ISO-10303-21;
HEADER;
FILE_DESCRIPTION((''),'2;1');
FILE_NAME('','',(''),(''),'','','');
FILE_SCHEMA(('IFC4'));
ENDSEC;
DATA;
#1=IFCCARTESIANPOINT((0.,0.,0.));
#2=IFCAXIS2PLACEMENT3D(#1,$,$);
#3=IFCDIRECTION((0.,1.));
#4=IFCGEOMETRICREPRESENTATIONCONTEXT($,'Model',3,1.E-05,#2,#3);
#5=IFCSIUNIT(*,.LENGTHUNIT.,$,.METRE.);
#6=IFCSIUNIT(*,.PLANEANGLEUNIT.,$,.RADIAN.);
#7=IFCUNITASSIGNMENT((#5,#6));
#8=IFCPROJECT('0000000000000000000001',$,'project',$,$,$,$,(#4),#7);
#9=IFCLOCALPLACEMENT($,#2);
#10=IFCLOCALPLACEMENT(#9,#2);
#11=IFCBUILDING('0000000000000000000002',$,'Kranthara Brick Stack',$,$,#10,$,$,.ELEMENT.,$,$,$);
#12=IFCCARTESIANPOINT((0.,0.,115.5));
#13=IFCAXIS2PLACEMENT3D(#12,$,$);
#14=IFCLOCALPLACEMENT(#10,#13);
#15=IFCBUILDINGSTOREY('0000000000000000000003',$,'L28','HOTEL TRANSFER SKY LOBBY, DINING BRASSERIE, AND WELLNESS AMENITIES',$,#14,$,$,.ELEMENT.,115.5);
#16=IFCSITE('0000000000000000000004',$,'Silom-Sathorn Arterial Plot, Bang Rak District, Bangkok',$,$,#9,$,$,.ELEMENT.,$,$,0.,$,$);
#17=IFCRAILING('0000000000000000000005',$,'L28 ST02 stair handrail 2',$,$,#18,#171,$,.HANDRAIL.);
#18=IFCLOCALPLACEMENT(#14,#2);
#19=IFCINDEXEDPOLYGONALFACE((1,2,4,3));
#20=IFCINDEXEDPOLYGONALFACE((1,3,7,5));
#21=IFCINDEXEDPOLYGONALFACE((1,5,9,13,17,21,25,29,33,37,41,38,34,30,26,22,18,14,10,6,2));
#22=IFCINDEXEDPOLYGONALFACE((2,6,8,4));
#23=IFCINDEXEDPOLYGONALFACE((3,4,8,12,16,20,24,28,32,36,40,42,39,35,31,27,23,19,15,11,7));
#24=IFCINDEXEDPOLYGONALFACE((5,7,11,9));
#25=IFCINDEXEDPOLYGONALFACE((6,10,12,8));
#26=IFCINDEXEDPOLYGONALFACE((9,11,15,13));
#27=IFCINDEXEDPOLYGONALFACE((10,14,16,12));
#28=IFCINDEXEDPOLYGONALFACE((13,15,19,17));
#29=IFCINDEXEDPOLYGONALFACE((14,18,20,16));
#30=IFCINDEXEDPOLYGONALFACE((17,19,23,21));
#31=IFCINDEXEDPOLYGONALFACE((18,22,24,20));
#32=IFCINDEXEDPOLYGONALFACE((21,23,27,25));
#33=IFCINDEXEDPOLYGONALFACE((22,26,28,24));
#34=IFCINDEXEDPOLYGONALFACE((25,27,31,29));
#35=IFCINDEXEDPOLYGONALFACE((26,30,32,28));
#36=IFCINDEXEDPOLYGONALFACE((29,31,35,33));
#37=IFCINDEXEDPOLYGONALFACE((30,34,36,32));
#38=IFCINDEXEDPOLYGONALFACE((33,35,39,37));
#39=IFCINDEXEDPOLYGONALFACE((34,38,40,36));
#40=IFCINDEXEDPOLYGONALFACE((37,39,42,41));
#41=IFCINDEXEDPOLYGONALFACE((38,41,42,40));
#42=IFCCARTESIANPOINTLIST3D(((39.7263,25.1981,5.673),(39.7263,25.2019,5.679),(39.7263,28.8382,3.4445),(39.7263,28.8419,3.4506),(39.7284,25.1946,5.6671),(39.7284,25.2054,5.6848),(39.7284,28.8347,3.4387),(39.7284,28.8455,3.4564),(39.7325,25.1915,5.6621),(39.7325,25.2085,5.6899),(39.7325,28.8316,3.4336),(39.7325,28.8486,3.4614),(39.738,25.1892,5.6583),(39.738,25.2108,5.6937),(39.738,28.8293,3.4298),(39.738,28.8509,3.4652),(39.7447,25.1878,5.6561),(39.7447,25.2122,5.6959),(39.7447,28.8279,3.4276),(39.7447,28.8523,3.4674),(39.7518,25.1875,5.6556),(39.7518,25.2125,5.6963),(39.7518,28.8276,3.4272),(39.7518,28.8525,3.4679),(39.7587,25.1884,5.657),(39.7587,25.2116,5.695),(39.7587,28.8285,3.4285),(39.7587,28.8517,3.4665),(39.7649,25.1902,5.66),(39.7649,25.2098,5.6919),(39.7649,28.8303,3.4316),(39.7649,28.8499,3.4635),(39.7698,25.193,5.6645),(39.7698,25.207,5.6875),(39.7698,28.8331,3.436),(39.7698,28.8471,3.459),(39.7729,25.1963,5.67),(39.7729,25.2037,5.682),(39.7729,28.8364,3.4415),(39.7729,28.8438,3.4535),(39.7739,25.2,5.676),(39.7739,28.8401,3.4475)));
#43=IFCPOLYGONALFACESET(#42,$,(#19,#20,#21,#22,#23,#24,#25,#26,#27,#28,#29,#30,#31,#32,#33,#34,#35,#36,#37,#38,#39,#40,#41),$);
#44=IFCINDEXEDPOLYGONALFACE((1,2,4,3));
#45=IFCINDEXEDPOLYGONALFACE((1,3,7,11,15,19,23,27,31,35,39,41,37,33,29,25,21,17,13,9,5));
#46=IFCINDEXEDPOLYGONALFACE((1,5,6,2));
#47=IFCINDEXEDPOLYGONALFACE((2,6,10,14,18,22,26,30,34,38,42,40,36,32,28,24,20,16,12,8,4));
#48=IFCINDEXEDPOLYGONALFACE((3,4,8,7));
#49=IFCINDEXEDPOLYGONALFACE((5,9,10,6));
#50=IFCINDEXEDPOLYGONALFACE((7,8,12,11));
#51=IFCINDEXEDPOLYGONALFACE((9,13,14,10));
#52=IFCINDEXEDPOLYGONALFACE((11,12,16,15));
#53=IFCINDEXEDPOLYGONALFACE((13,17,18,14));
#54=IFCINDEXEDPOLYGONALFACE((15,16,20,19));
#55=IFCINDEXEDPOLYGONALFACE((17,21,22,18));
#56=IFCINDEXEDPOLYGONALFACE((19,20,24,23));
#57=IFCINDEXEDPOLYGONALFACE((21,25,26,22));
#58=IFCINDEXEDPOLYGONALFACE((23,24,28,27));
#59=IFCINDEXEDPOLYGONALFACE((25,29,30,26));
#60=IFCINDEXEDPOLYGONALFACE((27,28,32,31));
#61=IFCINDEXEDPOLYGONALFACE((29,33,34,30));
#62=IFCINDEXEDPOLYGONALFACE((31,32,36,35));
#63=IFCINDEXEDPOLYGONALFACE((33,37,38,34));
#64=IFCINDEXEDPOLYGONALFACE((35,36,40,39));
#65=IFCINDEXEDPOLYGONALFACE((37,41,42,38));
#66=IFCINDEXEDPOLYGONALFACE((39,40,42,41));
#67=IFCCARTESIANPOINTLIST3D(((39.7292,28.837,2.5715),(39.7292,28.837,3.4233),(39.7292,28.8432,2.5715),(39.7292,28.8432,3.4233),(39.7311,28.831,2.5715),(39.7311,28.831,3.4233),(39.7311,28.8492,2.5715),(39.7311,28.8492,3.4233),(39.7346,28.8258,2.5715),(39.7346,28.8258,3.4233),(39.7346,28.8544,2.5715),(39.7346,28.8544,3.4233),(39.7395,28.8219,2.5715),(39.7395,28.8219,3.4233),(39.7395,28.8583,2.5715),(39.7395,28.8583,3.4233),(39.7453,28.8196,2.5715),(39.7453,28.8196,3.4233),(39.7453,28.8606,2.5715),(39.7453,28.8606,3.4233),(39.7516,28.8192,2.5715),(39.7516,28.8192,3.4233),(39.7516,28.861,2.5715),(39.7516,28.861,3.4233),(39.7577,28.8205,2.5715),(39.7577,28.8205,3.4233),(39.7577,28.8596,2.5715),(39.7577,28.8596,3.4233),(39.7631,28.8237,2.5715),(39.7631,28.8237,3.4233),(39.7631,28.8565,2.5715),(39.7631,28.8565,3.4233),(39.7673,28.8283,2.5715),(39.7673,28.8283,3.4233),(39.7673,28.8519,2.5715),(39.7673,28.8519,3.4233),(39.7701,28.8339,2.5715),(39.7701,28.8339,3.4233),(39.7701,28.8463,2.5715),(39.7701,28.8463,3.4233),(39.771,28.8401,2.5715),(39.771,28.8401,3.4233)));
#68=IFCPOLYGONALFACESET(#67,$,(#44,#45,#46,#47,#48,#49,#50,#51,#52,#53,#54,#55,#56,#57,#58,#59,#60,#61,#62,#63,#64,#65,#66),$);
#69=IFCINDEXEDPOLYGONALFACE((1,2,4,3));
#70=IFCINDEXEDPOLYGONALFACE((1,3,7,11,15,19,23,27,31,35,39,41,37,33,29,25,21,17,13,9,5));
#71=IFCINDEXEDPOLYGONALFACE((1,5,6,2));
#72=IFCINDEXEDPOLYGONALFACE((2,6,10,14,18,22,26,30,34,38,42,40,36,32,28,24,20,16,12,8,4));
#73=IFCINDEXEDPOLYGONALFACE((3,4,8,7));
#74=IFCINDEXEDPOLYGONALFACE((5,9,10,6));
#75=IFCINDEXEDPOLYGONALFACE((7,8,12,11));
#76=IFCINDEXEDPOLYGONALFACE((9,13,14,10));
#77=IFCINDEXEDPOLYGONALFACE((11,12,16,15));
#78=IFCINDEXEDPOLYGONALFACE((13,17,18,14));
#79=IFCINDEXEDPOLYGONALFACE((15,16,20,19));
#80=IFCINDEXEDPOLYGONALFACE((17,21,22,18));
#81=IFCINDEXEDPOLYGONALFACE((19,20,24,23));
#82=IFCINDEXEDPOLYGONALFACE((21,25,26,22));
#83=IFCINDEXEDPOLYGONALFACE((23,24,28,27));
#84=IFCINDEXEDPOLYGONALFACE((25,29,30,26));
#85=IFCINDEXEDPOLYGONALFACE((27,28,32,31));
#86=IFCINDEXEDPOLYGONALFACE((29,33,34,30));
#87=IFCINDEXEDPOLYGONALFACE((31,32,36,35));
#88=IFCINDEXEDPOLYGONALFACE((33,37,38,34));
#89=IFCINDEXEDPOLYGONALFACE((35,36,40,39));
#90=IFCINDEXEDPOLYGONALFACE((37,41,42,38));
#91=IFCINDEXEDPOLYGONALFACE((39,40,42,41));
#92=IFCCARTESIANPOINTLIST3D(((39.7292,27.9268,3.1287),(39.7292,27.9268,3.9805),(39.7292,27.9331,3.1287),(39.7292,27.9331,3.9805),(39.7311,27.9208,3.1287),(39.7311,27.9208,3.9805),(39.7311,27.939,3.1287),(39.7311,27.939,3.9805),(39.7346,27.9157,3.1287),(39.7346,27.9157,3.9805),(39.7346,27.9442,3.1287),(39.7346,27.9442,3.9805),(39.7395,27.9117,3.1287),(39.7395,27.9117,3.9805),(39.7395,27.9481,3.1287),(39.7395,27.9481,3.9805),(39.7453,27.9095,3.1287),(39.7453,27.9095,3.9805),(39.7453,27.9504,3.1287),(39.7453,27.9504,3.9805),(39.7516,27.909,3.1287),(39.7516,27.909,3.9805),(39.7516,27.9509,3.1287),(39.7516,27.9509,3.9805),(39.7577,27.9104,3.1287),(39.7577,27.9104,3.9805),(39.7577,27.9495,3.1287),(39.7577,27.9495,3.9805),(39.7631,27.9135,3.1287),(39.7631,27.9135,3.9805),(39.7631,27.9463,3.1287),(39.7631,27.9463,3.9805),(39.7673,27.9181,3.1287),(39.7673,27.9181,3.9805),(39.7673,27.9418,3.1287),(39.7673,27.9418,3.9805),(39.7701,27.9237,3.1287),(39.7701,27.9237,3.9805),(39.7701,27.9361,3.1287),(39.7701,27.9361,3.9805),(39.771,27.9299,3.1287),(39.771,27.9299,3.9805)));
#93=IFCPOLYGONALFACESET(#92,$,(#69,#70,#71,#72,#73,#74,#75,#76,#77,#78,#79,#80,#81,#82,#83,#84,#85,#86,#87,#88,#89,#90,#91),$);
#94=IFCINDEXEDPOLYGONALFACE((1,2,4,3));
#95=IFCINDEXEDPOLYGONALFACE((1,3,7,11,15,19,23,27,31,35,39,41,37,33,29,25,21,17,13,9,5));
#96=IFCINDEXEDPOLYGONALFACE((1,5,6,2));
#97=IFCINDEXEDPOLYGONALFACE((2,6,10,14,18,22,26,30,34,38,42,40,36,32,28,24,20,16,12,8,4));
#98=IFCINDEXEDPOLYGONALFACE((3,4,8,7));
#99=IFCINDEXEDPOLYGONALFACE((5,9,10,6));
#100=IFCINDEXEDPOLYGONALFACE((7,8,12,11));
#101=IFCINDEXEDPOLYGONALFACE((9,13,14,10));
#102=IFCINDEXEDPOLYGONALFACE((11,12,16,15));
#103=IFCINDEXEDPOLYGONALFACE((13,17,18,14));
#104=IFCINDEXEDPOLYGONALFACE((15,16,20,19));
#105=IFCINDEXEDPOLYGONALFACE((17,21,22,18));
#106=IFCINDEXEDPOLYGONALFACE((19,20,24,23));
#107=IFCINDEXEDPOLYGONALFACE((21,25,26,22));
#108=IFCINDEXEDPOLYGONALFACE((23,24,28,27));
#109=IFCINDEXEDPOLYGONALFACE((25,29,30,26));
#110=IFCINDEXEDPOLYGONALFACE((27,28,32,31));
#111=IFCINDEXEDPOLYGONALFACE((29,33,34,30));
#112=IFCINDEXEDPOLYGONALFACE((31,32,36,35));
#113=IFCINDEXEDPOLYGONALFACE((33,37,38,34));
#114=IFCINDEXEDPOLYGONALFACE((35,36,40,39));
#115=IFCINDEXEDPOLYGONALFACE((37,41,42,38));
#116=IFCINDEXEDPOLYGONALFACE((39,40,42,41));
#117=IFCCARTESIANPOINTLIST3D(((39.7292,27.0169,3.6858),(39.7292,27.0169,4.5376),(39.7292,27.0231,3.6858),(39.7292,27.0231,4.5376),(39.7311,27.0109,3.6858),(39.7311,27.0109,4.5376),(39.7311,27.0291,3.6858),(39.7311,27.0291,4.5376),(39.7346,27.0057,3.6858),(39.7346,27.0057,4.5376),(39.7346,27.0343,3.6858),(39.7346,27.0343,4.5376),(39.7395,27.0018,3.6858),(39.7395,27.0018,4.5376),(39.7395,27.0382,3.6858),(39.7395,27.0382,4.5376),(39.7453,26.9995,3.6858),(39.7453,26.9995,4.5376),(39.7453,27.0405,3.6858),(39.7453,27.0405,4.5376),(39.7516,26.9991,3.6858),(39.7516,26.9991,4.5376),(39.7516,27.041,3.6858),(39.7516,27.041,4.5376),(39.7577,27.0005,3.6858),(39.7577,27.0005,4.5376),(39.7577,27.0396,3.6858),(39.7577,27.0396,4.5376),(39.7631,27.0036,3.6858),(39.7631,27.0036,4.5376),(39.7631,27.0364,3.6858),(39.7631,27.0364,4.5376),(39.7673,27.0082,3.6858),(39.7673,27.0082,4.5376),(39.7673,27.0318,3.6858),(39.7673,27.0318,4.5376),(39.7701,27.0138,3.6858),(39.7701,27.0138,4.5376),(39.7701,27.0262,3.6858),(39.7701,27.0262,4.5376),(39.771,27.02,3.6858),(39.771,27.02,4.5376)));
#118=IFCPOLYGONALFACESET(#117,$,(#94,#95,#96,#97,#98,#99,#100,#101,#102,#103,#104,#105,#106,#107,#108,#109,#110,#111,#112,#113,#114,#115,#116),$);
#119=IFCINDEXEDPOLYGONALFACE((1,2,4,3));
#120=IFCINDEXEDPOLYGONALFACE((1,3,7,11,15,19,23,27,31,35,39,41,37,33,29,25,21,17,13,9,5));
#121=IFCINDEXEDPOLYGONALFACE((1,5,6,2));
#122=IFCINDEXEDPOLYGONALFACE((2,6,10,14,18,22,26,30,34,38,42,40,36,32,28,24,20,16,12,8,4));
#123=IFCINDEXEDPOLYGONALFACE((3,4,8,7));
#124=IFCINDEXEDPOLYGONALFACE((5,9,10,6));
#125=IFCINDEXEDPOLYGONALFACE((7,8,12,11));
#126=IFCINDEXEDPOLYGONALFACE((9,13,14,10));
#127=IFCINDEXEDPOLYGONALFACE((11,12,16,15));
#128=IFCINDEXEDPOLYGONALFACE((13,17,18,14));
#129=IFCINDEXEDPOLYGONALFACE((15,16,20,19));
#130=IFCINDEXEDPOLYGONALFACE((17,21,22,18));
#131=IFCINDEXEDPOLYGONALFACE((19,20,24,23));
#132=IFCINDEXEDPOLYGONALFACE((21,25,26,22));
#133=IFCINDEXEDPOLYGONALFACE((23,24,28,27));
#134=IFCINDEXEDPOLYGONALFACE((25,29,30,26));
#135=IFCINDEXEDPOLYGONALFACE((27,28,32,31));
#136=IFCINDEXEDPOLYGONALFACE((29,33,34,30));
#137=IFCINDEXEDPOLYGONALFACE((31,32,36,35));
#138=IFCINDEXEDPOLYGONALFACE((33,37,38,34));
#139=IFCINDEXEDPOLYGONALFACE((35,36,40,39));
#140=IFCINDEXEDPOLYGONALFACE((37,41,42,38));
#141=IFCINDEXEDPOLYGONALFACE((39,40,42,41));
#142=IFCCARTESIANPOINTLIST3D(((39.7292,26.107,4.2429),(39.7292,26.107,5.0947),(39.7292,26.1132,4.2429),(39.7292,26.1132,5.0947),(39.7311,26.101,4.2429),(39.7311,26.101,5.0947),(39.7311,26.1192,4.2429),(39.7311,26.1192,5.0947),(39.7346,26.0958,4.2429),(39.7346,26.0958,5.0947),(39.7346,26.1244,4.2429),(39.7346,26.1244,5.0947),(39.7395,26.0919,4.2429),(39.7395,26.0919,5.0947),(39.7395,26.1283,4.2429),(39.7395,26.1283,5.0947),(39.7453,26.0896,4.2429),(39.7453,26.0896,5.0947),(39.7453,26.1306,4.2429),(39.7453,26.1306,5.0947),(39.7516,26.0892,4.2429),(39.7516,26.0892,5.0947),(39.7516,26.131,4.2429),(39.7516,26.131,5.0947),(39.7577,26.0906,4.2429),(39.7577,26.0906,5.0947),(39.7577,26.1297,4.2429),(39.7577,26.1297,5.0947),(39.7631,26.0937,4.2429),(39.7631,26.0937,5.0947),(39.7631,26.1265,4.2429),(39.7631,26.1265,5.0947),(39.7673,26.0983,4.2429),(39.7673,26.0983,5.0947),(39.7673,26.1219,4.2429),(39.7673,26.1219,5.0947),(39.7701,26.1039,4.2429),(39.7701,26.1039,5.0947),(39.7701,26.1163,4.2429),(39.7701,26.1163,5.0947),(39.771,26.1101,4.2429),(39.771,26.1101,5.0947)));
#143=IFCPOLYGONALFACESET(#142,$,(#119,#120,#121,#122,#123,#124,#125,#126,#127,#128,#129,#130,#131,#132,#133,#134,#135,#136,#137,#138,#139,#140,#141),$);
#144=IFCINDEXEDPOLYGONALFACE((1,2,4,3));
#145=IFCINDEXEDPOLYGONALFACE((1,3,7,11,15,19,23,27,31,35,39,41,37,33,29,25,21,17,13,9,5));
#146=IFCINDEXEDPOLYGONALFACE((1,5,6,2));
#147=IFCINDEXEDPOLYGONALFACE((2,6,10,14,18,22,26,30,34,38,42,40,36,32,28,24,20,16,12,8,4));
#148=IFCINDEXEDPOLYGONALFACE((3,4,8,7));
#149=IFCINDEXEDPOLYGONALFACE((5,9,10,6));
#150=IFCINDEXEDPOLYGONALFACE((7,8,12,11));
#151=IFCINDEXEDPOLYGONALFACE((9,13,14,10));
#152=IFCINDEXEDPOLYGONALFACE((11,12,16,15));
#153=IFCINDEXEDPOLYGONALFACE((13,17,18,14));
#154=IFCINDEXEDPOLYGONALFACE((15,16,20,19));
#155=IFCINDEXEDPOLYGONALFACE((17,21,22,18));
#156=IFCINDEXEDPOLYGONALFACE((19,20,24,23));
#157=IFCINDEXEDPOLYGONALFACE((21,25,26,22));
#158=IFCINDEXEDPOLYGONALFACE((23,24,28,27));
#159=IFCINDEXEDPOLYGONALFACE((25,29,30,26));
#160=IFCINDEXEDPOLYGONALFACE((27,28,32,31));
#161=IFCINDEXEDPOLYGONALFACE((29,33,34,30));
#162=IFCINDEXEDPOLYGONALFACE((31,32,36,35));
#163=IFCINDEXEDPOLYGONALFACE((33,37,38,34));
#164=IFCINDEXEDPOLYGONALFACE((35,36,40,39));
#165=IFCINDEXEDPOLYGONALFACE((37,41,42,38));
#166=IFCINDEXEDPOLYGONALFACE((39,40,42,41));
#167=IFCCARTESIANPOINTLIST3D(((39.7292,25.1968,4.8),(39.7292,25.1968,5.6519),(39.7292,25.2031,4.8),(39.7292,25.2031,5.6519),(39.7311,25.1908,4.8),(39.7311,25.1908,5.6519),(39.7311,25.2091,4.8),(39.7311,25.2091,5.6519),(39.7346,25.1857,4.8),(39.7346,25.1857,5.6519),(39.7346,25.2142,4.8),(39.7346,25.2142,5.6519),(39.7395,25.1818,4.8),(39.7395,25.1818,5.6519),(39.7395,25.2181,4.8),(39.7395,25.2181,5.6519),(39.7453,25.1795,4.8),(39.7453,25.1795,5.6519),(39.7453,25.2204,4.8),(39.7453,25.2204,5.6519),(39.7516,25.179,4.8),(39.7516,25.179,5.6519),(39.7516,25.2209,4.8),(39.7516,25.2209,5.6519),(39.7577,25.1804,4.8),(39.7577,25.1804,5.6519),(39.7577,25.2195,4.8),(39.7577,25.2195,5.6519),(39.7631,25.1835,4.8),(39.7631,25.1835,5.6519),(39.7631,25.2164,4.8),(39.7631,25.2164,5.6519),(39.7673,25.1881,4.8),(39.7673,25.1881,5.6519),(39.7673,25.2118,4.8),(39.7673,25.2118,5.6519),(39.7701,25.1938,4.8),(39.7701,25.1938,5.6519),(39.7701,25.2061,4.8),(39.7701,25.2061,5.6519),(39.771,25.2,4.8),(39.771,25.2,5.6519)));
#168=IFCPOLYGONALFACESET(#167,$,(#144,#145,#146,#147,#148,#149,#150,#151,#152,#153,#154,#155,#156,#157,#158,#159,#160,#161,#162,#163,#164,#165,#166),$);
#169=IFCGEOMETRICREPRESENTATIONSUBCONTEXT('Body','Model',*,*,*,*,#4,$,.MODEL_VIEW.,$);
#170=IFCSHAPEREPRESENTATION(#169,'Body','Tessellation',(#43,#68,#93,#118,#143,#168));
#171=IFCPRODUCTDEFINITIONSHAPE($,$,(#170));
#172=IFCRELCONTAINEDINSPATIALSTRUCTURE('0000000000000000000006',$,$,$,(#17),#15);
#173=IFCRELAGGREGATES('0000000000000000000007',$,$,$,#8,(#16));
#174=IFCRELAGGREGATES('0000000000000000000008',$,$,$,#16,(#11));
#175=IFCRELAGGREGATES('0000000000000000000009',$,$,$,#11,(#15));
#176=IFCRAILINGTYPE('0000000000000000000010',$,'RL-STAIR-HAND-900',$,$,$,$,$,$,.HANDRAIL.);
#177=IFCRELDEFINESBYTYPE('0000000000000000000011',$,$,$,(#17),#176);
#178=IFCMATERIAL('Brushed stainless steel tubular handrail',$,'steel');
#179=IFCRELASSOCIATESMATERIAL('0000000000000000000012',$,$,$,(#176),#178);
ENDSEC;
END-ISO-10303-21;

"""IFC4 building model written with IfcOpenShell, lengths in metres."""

from ifc_helpers import new_model, si_unit, direction, frame, origin, origin_2d, place, context, subcontext, project, spatial, circle, extrude, material, type_object, element, save


model = new_model("IFC4")

# Units and contexts
model_context = context("Model", 3, precision=1e-05, world=origin(), true_north=direction((0.0, 1.0)))
body_context = subcontext(model_context, "Body", "Model", "MODEL_VIEW")
ifc_project = project(units=[si_unit("LENGTHUNIT", "METRE"), si_unit("PLANEANGLEUNIT", "RADIAN")], contexts=[model_context])

# Site, building, storey
site_placement = place(None, origin())
site = spatial("IfcSite", under=ifc_project, at=site_placement, Name="Silom-Sathorn Arterial Plot, Bang Rak District, Bangkok", CompositionType="ELEMENT", RefElevation=0.0)
building_placement = place(site_placement, origin())
building = spatial("IfcBuilding", under=site, at=building_placement, Name="Kranthara Brick Stack", CompositionType="ELEMENT")
storey_placement = place(building_placement, frame((0.0, 0.0, 115.5)))
storey = spatial("IfcBuildingStorey", under=building, at=storey_placement, Name="L28", Description="HOTEL TRANSFER SKY LOBBY, DINING BRASSERIE, AND WELLNESS AMENITIES", CompositionType="ELEMENT", Elevation=115.5)

# Railing
ifc_material_1 = material(Name="Brushed stainless steel tubular handrail", Category="steel")
railing_type_1 = type_object("IfcRailingType", Name="RL-STAIR-HAND-900", PredefinedType="HANDRAIL", material=ifc_material_1)
railing_1_placement = place(storey_placement, frame((39.75, 28.8401, 2.5715)))
element("IfcRailing", 1, at=railing_1_placement, inside=storey, type_object=railing_type_1, Name="L28 ST02 stair handrail 2", PredefinedType="HANDRAIL", context=body_context, shape_type="SweptSolid", body=[
    extrude(circle(Radius=0.0239, at=origin_2d()), frame((0.0, 0.0, 0.876), z_axis=(0.0, -0.852866, 0.52213), x_axis=(1.0, 0.0, 0.0)), (0.0, 0.0, 1.0), 4.2681),
    extrude(circle(Radius=0.021, at=origin_2d()), origin(), (0.0, 0.0, 1.0), 0.8518),
    extrude(circle(Radius=0.021, at=origin_2d()), frame((0.0, -0.9102, 0.5571)), (0.0, 0.0, 1.0), 0.8518),
    extrude(circle(Radius=0.021, at=origin_2d()), frame((0.0, -1.8201, 1.1143)), (0.0, 0.0, 1.0), 0.8518),
    extrude(circle(Radius=0.021, at=origin_2d()), frame((0.0, -2.73, 1.6714)), (0.0, 0.0, 1.0), 0.8518),
    extrude(circle(Radius=0.021, at=origin_2d()), frame((0.0, -3.6401, 2.2285)), (0.0, 0.0, 1.0), 0.8518),
])

save(model, "model.ifc")
